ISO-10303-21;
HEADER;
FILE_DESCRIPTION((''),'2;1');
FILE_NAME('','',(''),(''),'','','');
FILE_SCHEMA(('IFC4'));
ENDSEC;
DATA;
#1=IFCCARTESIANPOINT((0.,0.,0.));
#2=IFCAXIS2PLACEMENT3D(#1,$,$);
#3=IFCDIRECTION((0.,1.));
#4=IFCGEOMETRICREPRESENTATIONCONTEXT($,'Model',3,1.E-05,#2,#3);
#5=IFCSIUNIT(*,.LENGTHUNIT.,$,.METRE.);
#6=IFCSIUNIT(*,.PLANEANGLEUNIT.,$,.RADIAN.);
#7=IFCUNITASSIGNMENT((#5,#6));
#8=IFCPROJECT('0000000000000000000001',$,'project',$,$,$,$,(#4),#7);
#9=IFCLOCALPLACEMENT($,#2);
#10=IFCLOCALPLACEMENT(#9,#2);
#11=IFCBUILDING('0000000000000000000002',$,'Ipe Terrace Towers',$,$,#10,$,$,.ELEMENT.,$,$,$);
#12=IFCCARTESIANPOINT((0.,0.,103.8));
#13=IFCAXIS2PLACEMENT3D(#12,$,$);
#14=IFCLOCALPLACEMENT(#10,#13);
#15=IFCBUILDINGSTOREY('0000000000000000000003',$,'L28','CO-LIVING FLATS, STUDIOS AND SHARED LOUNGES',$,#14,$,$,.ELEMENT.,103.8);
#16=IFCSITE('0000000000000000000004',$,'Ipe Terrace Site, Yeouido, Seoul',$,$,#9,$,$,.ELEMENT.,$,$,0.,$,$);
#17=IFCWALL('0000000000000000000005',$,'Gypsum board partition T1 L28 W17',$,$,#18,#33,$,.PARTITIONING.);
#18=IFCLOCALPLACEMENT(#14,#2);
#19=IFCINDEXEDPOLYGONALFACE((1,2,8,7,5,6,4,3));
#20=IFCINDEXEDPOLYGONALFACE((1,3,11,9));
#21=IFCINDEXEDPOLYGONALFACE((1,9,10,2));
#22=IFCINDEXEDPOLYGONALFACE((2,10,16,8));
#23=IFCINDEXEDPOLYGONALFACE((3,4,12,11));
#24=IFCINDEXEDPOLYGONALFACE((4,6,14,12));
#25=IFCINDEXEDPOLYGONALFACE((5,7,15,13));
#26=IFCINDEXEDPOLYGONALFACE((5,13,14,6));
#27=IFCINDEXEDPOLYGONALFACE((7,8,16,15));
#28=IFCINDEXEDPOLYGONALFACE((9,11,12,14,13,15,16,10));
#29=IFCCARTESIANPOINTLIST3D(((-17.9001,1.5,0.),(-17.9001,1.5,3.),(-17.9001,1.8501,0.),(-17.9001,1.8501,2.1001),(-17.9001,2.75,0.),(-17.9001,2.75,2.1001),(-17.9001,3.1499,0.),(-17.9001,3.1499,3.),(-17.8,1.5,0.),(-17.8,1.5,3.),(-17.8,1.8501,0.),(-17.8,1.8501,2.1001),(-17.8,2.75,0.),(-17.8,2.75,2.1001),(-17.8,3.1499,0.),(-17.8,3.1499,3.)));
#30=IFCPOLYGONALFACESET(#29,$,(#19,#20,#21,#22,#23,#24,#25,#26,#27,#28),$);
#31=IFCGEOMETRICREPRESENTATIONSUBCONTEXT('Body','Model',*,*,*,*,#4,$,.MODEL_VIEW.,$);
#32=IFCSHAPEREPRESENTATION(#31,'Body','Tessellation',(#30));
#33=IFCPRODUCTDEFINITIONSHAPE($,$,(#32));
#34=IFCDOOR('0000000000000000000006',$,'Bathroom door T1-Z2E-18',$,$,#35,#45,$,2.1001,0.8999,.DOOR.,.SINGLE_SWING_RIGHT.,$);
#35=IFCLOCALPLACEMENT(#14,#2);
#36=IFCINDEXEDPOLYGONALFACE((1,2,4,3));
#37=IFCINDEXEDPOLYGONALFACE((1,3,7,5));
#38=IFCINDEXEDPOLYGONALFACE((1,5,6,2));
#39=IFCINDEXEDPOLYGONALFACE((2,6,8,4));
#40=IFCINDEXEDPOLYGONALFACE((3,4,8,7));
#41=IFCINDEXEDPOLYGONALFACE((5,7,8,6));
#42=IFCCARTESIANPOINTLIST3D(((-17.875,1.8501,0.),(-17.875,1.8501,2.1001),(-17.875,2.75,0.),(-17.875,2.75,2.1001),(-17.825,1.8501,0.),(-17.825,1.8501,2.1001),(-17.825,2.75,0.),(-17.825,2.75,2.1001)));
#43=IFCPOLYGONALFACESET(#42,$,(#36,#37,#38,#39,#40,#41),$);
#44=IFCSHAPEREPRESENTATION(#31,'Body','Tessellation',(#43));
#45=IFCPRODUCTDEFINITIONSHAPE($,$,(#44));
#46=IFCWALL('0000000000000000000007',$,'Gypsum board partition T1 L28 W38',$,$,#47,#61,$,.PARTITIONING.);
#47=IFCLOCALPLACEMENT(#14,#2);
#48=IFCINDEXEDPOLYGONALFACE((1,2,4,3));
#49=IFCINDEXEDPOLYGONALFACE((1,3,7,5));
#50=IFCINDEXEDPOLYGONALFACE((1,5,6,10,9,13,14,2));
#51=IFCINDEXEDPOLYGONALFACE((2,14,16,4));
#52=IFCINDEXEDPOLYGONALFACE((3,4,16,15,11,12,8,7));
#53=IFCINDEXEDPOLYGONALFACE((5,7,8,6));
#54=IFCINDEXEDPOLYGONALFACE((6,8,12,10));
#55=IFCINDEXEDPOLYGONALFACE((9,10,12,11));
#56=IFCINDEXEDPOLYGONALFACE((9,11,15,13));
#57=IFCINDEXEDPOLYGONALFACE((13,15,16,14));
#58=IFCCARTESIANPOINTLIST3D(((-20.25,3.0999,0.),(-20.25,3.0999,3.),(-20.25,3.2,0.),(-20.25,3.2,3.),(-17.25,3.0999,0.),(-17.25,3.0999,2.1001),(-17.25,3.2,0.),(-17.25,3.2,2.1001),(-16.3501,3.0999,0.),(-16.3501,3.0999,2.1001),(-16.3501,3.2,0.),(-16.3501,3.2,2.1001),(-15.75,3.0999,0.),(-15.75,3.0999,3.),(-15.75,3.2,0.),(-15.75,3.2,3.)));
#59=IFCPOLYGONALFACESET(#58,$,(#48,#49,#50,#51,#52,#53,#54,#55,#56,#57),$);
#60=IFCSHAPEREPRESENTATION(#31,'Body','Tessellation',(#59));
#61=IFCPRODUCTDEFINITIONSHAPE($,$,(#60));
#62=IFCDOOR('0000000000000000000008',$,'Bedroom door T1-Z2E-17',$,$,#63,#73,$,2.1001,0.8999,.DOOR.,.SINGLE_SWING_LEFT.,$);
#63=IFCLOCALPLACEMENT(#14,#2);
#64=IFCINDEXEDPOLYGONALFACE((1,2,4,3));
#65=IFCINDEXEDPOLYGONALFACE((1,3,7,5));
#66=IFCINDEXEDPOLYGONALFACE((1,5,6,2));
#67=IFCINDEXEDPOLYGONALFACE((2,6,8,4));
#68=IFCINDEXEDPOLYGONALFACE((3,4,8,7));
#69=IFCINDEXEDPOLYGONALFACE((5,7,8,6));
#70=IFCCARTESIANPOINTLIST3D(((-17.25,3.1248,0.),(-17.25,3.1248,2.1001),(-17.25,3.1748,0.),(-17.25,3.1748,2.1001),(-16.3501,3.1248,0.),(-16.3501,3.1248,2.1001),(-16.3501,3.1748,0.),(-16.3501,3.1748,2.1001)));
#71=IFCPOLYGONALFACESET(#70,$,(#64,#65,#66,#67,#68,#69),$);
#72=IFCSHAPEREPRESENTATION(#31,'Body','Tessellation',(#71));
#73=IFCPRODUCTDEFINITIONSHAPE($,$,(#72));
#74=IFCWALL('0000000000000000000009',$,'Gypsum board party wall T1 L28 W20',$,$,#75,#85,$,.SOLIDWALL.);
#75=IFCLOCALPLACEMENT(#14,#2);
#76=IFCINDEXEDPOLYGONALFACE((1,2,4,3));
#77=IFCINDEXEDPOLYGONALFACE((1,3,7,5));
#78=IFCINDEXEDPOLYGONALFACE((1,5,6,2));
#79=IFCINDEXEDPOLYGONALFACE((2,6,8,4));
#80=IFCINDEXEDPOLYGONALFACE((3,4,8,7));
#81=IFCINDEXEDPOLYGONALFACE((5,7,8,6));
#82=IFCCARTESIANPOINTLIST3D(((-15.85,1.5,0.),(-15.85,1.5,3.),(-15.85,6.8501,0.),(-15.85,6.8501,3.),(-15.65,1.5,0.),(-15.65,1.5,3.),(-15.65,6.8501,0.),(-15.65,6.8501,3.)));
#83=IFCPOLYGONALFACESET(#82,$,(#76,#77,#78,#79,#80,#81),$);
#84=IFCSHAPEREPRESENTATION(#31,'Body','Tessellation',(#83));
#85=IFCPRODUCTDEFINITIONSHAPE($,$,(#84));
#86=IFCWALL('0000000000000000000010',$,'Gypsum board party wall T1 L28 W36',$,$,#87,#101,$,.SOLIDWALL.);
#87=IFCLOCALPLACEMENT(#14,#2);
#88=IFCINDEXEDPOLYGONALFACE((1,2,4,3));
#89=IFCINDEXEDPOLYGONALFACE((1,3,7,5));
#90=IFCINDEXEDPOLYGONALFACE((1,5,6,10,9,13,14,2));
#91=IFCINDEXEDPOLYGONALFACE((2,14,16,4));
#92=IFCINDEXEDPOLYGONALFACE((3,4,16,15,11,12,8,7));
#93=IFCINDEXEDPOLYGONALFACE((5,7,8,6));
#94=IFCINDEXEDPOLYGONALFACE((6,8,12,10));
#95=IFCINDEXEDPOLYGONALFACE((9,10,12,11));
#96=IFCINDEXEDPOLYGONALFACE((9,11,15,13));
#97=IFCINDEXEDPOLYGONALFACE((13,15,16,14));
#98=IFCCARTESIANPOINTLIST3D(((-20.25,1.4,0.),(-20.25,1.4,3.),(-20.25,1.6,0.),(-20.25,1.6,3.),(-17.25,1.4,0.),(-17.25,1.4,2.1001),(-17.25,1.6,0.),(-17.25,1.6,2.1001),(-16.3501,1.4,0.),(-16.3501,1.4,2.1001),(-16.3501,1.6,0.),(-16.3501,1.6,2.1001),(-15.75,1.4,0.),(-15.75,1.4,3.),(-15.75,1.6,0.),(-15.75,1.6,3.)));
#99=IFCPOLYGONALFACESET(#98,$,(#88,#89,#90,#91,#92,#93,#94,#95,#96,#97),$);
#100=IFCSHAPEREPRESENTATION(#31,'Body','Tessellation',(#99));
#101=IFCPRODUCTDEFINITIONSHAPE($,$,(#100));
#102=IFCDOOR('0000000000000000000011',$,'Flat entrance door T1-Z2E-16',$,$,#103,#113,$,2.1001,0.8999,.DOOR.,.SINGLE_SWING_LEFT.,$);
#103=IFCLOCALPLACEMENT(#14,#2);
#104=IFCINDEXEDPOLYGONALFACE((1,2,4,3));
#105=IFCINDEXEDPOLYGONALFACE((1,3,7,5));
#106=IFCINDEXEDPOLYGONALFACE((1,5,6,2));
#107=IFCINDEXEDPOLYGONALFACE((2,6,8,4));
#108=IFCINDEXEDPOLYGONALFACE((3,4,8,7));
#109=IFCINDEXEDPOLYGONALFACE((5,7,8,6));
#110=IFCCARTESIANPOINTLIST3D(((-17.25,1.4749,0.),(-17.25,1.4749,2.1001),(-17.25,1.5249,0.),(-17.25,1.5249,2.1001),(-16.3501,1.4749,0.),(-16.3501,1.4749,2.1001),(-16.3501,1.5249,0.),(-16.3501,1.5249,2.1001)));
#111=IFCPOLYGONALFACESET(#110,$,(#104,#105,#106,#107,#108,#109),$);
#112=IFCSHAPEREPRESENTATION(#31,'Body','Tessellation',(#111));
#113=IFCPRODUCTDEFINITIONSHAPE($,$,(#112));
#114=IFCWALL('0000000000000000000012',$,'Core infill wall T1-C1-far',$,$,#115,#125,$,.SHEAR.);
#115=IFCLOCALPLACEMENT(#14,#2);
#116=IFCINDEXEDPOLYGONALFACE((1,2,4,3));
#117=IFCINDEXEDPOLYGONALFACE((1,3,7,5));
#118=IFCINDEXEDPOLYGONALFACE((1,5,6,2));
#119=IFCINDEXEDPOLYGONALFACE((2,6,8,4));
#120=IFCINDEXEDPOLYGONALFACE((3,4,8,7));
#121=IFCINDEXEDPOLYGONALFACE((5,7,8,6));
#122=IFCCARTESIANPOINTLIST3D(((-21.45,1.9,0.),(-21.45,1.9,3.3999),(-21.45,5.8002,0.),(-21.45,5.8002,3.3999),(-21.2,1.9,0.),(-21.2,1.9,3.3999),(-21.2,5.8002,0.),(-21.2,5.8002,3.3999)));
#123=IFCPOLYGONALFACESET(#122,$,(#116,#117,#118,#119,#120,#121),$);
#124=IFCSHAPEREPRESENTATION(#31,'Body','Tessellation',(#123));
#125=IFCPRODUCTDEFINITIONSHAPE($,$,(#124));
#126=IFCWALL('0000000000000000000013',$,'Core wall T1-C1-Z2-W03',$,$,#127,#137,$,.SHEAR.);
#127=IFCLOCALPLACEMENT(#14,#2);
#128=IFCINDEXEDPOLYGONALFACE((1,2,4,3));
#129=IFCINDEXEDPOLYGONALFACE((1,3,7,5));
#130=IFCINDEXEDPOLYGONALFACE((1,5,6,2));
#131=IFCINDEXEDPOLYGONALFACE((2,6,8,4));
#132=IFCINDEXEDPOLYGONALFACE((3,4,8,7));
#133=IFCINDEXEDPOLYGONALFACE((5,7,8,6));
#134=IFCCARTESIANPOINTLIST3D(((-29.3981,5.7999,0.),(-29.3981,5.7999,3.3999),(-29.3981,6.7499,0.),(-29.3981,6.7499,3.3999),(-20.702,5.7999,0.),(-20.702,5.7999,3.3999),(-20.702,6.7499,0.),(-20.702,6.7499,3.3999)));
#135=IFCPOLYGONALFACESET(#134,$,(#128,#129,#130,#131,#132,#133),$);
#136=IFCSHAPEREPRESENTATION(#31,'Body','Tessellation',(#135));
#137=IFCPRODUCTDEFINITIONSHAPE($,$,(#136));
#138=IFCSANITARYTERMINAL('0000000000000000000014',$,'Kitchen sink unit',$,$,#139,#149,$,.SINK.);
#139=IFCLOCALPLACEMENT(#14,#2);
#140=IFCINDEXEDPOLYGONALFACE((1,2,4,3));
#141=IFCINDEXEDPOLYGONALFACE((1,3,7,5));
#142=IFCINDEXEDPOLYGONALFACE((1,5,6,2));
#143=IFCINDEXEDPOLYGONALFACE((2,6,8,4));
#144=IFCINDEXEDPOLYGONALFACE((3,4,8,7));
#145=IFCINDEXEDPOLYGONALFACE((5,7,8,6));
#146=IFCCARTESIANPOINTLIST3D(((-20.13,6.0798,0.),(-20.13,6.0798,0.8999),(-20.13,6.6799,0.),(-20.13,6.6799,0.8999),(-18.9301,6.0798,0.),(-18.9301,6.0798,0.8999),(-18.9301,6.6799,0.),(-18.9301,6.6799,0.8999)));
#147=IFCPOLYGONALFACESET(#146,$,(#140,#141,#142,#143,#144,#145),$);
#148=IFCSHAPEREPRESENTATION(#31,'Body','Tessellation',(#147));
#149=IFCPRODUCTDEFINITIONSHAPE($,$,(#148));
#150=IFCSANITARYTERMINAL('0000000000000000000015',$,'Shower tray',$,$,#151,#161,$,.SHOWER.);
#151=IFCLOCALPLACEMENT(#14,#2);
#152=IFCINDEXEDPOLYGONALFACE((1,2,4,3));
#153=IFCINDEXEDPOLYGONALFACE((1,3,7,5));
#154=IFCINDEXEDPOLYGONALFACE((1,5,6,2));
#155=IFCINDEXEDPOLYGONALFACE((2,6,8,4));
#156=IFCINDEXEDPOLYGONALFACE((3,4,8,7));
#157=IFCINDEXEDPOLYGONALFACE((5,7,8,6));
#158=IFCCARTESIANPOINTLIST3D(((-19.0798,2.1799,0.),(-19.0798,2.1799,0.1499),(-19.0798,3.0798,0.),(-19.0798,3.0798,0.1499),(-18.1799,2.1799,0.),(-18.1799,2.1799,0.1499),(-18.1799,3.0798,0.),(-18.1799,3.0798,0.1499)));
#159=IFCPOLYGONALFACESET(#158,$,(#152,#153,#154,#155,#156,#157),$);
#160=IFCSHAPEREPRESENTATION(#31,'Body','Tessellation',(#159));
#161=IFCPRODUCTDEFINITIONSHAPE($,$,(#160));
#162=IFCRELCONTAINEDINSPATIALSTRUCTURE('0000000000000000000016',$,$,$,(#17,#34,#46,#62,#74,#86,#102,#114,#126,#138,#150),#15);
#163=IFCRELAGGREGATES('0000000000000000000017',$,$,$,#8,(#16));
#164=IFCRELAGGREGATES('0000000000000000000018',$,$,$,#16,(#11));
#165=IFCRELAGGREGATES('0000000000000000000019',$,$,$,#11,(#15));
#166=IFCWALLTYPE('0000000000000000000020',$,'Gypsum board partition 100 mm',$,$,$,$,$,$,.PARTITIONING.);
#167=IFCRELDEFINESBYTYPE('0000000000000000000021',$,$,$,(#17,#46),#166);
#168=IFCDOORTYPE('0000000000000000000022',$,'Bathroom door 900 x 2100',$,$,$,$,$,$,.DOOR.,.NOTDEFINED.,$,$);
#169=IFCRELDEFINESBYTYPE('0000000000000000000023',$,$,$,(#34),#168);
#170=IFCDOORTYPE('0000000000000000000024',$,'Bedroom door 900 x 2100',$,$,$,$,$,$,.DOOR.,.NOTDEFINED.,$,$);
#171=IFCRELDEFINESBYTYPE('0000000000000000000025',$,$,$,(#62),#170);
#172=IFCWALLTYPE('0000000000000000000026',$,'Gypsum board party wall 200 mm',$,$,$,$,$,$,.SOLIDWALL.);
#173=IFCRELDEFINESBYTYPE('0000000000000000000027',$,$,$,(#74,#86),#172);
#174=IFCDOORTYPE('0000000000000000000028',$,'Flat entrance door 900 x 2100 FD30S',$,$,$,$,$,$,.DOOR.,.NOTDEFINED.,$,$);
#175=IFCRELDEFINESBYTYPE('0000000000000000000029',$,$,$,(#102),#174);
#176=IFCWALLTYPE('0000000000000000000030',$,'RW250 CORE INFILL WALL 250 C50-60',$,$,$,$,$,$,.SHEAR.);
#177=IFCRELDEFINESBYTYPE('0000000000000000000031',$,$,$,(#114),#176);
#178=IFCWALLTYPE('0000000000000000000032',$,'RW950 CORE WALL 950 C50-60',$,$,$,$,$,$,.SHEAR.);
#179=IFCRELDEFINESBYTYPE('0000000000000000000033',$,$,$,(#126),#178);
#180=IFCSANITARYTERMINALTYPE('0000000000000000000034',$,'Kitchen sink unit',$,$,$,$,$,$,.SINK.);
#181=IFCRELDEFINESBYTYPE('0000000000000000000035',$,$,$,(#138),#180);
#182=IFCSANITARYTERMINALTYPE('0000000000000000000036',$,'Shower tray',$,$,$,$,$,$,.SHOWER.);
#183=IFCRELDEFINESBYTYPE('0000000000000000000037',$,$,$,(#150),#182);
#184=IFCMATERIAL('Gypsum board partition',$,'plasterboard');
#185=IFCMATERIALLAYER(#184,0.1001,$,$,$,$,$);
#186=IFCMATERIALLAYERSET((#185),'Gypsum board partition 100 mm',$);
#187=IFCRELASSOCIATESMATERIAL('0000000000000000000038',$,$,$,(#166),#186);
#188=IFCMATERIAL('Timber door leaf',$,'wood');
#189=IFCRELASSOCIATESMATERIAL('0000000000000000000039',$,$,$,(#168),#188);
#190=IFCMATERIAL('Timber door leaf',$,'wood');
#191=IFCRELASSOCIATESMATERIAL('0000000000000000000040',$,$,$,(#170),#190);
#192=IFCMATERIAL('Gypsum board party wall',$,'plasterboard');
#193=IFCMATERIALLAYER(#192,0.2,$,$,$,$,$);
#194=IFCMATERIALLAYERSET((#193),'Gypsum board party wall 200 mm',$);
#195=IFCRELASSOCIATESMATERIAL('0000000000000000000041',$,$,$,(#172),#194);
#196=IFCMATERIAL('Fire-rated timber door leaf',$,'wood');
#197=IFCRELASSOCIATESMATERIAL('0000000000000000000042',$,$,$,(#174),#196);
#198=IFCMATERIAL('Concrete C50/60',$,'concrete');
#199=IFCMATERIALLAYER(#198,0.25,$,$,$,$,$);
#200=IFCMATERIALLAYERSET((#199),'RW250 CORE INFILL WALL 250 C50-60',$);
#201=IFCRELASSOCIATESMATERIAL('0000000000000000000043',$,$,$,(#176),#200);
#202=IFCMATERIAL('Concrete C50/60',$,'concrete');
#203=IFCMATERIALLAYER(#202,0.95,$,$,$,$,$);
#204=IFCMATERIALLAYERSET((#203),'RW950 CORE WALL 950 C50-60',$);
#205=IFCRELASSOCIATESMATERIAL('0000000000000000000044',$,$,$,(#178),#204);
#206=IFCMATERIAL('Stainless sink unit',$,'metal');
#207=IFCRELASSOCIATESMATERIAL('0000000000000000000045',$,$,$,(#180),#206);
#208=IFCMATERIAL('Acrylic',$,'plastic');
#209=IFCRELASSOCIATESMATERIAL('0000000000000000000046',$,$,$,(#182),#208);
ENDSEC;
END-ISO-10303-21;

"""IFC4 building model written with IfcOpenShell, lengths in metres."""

from ifc_helpers import new_model, si_unit, direction, frame, frame_2d, origin, origin_2d, place, context, subcontext, project, spatial, rectangle, extrude, material, layer, layer_set, type_object, element, fill, save


model = new_model("IFC4")

# Units and contexts
model_context = context("Model", 3, precision=1e-05, world=origin(), true_north=direction((0.0, 1.0)))
body_context = subcontext(model_context, "Body", "Model", "MODEL_VIEW")
ifc_project = project(units=[si_unit("LENGTHUNIT", "METRE"), si_unit("PLANEANGLEUNIT", "RADIAN")], contexts=[model_context])

# Site, building, storey
site_placement = place(None, origin())
site = spatial("IfcSite", under=ifc_project, at=site_placement, Name="Ipe Terrace Site, Yeouido, Seoul", CompositionType="ELEMENT", RefElevation=0.0)
building_placement = place(site_placement, origin())
building = spatial("IfcBuilding", under=site, at=building_placement, Name="Ipe Terrace Towers", CompositionType="ELEMENT")
storey_placement = place(building_placement, frame((0.0, 0.0, 103.8)))
storey = spatial("IfcBuildingStorey", under=building, at=storey_placement, Name="L28", Description="CO-LIVING FLATS, STUDIOS AND SHARED LOUNGES", CompositionType="ELEMENT", Elevation=103.8)

# Walls, openings, doors
ifc_material_1 = material(Name="Gypsum board partition", Category="plasterboard")
ifc_layer_1 = layer(ifc_material_1, 0.1001)
ifc_layer_set_1 = layer_set([ifc_layer_1], Name="Gypsum board partition 100 mm")
wall_type_1 = type_object("IfcWallType", Name="Gypsum board partition 100 mm", PredefinedType="PARTITIONING", material=ifc_layer_set_1)
wall_1_placement = place(storey_placement, frame((-17.8501, 1.5, 0.0), z_axis=(0.0, 0.0, 1.0), x_axis=(0.0, 1.0, 0.0)))
wall_1 = element("IfcWall", 1, at=wall_1_placement, inside=storey, type_object=wall_type_1, Name="Gypsum board partition T1 L28 W17", PredefinedType="PARTITIONING", context=body_context, shape_type="SweptSolid", body=[
    extrude(rectangle(XDim=1.6499, YDim=0.1001, at=frame_2d((0.825, 0.0))), origin(), (0.0, 0.0, 1.0), 3.0),
])
opening_1_placement = place(wall_1_placement, frame((0.3501, 0.0, 0.0)))
opening_1 = element("IfcOpeningElement", 2, at=opening_1_placement, cuts=wall_1, PredefinedType="OPENING", context=body_context, shape_type="SweptSolid", body=[
    extrude(rectangle(XDim=0.8999, YDim=2.1001, at=frame_2d((0.45, 1.05))), frame((0.0, 0.0601, 0.0), z_axis=(0.0, -1.0, 0.0), x_axis=(1.0, 0.0, 0.0)), (0.0, 0.0, 1.0), 0.1201),
])
ifc_material_2 = material(Name="Timber door leaf", Category="wood")
door_type_1 = type_object("IfcDoorType", Name="Bathroom door 900 x 2100", OperationType="NOTDEFINED", PredefinedType="DOOR", material=ifc_material_2)
door_1_placement = place(opening_1_placement, origin())
door_1 = element("IfcDoor", 3, at=door_1_placement, inside=storey, type_object=door_type_1, Name="Bathroom door T1-Z2E-18", OperationType="SINGLE_SWING_RIGHT", OverallHeight=2.1001, OverallWidth=0.8999, PredefinedType="DOOR", context=body_context, shape_type="SweptSolid", body=[
    extrude(rectangle(XDim=0.8999, YDim=2.1001, at=frame_2d((0.45, 1.05))), frame((0.0, 0.0249, 0.0), z_axis=(0.0, -1.0, 0.0), x_axis=(1.0, 0.0, 0.0)), (0.0, 0.0, 1.0), 0.05),
])
fill(opening_1, door_1)
wall_2_placement = place(storey_placement, frame((-20.25, 3.1499, 0.0), z_axis=(0.0, 0.0, 1.0), x_axis=(1.0, 0.0, 0.0)))
wall_2 = element("IfcWall", 4, at=wall_2_placement, inside=storey, type_object=wall_type_1, Name="Gypsum board partition T1 L28 W38", PredefinedType="PARTITIONING", context=body_context, shape_type="SweptSolid", body=[
    extrude(rectangle(XDim=4.5, YDim=0.1001, at=frame_2d((2.25, 0.0))), origin(), (0.0, 0.0, 1.0), 3.0),
])
opening_2_placement = place(wall_2_placement, frame((3.0, 0.0, 0.0)))
opening_2 = element("IfcOpeningElement", 5, at=opening_2_placement, cuts=wall_2, PredefinedType="OPENING", context=body_context, shape_type="SweptSolid", body=[
    extrude(rectangle(XDim=0.8999, YDim=2.1001, at=frame_2d((0.45, 1.05))), frame((0.0, 0.0601, 0.0), z_axis=(0.0, -1.0, 0.0), x_axis=(1.0, 0.0, 0.0)), (0.0, 0.0, 1.0), 0.1201),
])
ifc_material_3 = material(Name="Timber door leaf", Category="wood")
door_type_2 = type_object("IfcDoorType", Name="Bedroom door 900 x 2100", OperationType="NOTDEFINED", PredefinedType="DOOR", material=ifc_material_3)
door_2_placement = place(opening_2_placement, origin())
door_2 = element("IfcDoor", 6, at=door_2_placement, inside=storey, type_object=door_type_2, Name="Bedroom door T1-Z2E-17", OperationType="SINGLE_SWING_LEFT", OverallHeight=2.1001, OverallWidth=0.8999, PredefinedType="DOOR", context=body_context, shape_type="SweptSolid", body=[
    extrude(rectangle(XDim=0.8999, YDim=2.1001, at=frame_2d((0.45, 1.05))), frame((0.0, 0.0249, 0.0), z_axis=(0.0, -1.0, 0.0), x_axis=(1.0, 0.0, 0.0)), (0.0, 0.0, 1.0), 0.05),
])
fill(opening_2, door_2)

# Wall
ifc_material_4 = material(Name="Gypsum board party wall", Category="plasterboard")
ifc_layer_2 = layer(ifc_material_4, 0.2)
ifc_layer_set_2 = layer_set([ifc_layer_2], Name="Gypsum board party wall 200 mm")
wall_type_2 = type_object("IfcWallType", Name="Gypsum board party wall 200 mm", PredefinedType="SOLIDWALL", material=ifc_layer_set_2)
wall_3_placement = place(storey_placement, frame((-15.75, 1.5, 0.0), z_axis=(0.0, 0.0, 1.0), x_axis=(0.0, 1.0, 0.0)))
element("IfcWall", 7, at=wall_3_placement, inside=storey, type_object=wall_type_2, Name="Gypsum board party wall T1 L28 W20", PredefinedType="SOLIDWALL", context=body_context, shape_type="SweptSolid", body=[
    extrude(rectangle(XDim=5.3501, YDim=0.2, at=frame_2d((2.675, 0.0))), origin(), (0.0, 0.0, 1.0), 3.0),
])

# Wall, opening, door
wall_4_placement = place(storey_placement, frame((-20.25, 1.5, 0.0), z_axis=(0.0, 0.0, 1.0), x_axis=(1.0, 0.0, 0.0)))
wall_4 = element("IfcWall", 8, at=wall_4_placement, inside=storey, type_object=wall_type_2, Name="Gypsum board party wall T1 L28 W36", PredefinedType="SOLIDWALL", context=body_context, shape_type="SweptSolid", body=[
    extrude(rectangle(XDim=4.5, YDim=0.2, at=frame_2d((2.25, 0.0))), origin(), (0.0, 0.0, 1.0), 3.0),
])
opening_3_placement = place(wall_4_placement, frame((3.0, 0.0, 0.0)))
opening_3 = element("IfcOpeningElement", 9, at=opening_3_placement, cuts=wall_4, PredefinedType="OPENING", context=body_context, shape_type="SweptSolid", body=[
    extrude(rectangle(XDim=0.8999, YDim=2.1001, at=frame_2d((0.45, 1.05))), frame((0.0, 0.1099, 0.0), z_axis=(0.0, -1.0, 0.0), x_axis=(1.0, 0.0, 0.0)), (0.0, 0.0, 1.0), 0.22),
])
ifc_material_5 = material(Name="Fire-rated timber door leaf", Category="wood")
door_type_3 = type_object("IfcDoorType", Name="Flat entrance door 900 x 2100 FD30S", OperationType="NOTDEFINED", PredefinedType="DOOR", material=ifc_material_5)
door_3_placement = place(opening_3_placement, origin())
door_3 = element("IfcDoor", 10, at=door_3_placement, inside=storey, type_object=door_type_3, Name="Flat entrance door T1-Z2E-16", OperationType="SINGLE_SWING_LEFT", OverallHeight=2.1001, OverallWidth=0.8999, PredefinedType="DOOR", context=body_context, shape_type="SweptSolid", body=[
    extrude(rectangle(XDim=0.8999, YDim=2.1001, at=frame_2d((0.45, 1.05))), frame((0.0, 0.0249, 0.0), z_axis=(0.0, -1.0, 0.0), x_axis=(1.0, 0.0, 0.0)), (0.0, 0.0, 1.0), 0.05),
])
fill(opening_3, door_3)

# Walls
ifc_material_6 = material(Name="Concrete C50/60", Category="concrete")
ifc_layer_3 = layer(ifc_material_6, 0.25)
ifc_layer_set_3 = layer_set([ifc_layer_3], Name="RW250 CORE INFILL WALL 250 C50-60")
wall_type_3 = type_object("IfcWallType", Name="RW250 CORE INFILL WALL 250 C50-60", PredefinedType="SHEAR", material=ifc_layer_set_3)
wall_5_placement = place(storey_placement, frame((-21.325, 1.8999, 0.0), z_axis=(0.0, 0.0, 1.0), x_axis=(0.0, 1.0, 0.0)))
element("IfcWall", 11, at=wall_5_placement, inside=storey, type_object=wall_type_3, Name="Core infill wall T1-C1-far", PredefinedType="SHEAR", context=body_context, shape_type="SweptSolid", body=[
    extrude(rectangle(XDim=3.9001, YDim=0.25, at=frame_2d((1.9502, 0.0))), origin(), (0.0, 0.0, 1.0), 3.3999),
])
ifc_material_7 = material(Name="Concrete C50/60", Category="concrete")
ifc_layer_4 = layer(ifc_material_7, 0.95)
ifc_layer_set_4 = layer_set([ifc_layer_4], Name="RW950 CORE WALL 950 C50-60")
wall_type_4 = type_object("IfcWallType", Name="RW950 CORE WALL 950 C50-60", PredefinedType="SHEAR", material=ifc_layer_set_4)
wall_6_placement = place(storey_placement, frame((-20.7019, 6.2749, 0.0), z_axis=(0.0, 0.0, 1.0), x_axis=(-1.0, 0.0, 0.0)))
element("IfcWall", 12, at=wall_6_placement, inside=storey, type_object=wall_type_4, Name="Core wall T1-C1-Z2-W03", PredefinedType="SHEAR", context=body_context, shape_type="SweptSolid", body=[
    extrude(rectangle(XDim=8.696, YDim=0.95, at=frame_2d((4.3481, 0.0))), origin(), (0.0, 0.0, 1.0), 3.3999),
])

# Sanitary terminals
ifc_material_8 = material(Name="Stainless sink unit", Category="metal")
sanitary_terminal_type_1 = type_object("IfcSanitaryTerminalType", Name="Kitchen sink unit", PredefinedType="SINK", material=ifc_material_8)
sanitary_terminal_1_placement = place(storey_placement, frame((-19.53, 6.3799, 0.0), z_axis=(0.0, 0.0, 1.0), x_axis=(1.0, 0.0, 0.0)))
element("IfcSanitaryTerminal", 13, at=sanitary_terminal_1_placement, inside=storey, type_object=sanitary_terminal_type_1, Name="Kitchen sink unit", PredefinedType="SINK", context=body_context, shape_type="SweptSolid", body=[
    extrude(rectangle(XDim=1.2, YDim=0.6001, at=origin_2d()), origin(), (0.0, 0.0, 1.0), 0.8999),
])
ifc_material_9 = material(Name="Acrylic", Category="plastic")
sanitary_terminal_type_2 = type_object("IfcSanitaryTerminalType", Name="Shower tray", PredefinedType="SHOWER", material=ifc_material_9)
sanitary_terminal_2_placement = place(storey_placement, frame((-18.6299, 2.6299, 0.0), z_axis=(0.0, 0.0, 1.0), x_axis=(0.0, -1.0, 0.0)))
element("IfcSanitaryTerminal", 14, at=sanitary_terminal_2_placement, inside=storey, type_object=sanitary_terminal_type_2, Name="Shower tray", PredefinedType="SHOWER", context=body_context, shape_type="SweptSolid", body=[
    extrude(rectangle(XDim=0.8999, YDim=0.8999, at=origin_2d()), origin(), (0.0, 0.0, 1.0), 0.1499),
])

save(model, "model.ifc")
